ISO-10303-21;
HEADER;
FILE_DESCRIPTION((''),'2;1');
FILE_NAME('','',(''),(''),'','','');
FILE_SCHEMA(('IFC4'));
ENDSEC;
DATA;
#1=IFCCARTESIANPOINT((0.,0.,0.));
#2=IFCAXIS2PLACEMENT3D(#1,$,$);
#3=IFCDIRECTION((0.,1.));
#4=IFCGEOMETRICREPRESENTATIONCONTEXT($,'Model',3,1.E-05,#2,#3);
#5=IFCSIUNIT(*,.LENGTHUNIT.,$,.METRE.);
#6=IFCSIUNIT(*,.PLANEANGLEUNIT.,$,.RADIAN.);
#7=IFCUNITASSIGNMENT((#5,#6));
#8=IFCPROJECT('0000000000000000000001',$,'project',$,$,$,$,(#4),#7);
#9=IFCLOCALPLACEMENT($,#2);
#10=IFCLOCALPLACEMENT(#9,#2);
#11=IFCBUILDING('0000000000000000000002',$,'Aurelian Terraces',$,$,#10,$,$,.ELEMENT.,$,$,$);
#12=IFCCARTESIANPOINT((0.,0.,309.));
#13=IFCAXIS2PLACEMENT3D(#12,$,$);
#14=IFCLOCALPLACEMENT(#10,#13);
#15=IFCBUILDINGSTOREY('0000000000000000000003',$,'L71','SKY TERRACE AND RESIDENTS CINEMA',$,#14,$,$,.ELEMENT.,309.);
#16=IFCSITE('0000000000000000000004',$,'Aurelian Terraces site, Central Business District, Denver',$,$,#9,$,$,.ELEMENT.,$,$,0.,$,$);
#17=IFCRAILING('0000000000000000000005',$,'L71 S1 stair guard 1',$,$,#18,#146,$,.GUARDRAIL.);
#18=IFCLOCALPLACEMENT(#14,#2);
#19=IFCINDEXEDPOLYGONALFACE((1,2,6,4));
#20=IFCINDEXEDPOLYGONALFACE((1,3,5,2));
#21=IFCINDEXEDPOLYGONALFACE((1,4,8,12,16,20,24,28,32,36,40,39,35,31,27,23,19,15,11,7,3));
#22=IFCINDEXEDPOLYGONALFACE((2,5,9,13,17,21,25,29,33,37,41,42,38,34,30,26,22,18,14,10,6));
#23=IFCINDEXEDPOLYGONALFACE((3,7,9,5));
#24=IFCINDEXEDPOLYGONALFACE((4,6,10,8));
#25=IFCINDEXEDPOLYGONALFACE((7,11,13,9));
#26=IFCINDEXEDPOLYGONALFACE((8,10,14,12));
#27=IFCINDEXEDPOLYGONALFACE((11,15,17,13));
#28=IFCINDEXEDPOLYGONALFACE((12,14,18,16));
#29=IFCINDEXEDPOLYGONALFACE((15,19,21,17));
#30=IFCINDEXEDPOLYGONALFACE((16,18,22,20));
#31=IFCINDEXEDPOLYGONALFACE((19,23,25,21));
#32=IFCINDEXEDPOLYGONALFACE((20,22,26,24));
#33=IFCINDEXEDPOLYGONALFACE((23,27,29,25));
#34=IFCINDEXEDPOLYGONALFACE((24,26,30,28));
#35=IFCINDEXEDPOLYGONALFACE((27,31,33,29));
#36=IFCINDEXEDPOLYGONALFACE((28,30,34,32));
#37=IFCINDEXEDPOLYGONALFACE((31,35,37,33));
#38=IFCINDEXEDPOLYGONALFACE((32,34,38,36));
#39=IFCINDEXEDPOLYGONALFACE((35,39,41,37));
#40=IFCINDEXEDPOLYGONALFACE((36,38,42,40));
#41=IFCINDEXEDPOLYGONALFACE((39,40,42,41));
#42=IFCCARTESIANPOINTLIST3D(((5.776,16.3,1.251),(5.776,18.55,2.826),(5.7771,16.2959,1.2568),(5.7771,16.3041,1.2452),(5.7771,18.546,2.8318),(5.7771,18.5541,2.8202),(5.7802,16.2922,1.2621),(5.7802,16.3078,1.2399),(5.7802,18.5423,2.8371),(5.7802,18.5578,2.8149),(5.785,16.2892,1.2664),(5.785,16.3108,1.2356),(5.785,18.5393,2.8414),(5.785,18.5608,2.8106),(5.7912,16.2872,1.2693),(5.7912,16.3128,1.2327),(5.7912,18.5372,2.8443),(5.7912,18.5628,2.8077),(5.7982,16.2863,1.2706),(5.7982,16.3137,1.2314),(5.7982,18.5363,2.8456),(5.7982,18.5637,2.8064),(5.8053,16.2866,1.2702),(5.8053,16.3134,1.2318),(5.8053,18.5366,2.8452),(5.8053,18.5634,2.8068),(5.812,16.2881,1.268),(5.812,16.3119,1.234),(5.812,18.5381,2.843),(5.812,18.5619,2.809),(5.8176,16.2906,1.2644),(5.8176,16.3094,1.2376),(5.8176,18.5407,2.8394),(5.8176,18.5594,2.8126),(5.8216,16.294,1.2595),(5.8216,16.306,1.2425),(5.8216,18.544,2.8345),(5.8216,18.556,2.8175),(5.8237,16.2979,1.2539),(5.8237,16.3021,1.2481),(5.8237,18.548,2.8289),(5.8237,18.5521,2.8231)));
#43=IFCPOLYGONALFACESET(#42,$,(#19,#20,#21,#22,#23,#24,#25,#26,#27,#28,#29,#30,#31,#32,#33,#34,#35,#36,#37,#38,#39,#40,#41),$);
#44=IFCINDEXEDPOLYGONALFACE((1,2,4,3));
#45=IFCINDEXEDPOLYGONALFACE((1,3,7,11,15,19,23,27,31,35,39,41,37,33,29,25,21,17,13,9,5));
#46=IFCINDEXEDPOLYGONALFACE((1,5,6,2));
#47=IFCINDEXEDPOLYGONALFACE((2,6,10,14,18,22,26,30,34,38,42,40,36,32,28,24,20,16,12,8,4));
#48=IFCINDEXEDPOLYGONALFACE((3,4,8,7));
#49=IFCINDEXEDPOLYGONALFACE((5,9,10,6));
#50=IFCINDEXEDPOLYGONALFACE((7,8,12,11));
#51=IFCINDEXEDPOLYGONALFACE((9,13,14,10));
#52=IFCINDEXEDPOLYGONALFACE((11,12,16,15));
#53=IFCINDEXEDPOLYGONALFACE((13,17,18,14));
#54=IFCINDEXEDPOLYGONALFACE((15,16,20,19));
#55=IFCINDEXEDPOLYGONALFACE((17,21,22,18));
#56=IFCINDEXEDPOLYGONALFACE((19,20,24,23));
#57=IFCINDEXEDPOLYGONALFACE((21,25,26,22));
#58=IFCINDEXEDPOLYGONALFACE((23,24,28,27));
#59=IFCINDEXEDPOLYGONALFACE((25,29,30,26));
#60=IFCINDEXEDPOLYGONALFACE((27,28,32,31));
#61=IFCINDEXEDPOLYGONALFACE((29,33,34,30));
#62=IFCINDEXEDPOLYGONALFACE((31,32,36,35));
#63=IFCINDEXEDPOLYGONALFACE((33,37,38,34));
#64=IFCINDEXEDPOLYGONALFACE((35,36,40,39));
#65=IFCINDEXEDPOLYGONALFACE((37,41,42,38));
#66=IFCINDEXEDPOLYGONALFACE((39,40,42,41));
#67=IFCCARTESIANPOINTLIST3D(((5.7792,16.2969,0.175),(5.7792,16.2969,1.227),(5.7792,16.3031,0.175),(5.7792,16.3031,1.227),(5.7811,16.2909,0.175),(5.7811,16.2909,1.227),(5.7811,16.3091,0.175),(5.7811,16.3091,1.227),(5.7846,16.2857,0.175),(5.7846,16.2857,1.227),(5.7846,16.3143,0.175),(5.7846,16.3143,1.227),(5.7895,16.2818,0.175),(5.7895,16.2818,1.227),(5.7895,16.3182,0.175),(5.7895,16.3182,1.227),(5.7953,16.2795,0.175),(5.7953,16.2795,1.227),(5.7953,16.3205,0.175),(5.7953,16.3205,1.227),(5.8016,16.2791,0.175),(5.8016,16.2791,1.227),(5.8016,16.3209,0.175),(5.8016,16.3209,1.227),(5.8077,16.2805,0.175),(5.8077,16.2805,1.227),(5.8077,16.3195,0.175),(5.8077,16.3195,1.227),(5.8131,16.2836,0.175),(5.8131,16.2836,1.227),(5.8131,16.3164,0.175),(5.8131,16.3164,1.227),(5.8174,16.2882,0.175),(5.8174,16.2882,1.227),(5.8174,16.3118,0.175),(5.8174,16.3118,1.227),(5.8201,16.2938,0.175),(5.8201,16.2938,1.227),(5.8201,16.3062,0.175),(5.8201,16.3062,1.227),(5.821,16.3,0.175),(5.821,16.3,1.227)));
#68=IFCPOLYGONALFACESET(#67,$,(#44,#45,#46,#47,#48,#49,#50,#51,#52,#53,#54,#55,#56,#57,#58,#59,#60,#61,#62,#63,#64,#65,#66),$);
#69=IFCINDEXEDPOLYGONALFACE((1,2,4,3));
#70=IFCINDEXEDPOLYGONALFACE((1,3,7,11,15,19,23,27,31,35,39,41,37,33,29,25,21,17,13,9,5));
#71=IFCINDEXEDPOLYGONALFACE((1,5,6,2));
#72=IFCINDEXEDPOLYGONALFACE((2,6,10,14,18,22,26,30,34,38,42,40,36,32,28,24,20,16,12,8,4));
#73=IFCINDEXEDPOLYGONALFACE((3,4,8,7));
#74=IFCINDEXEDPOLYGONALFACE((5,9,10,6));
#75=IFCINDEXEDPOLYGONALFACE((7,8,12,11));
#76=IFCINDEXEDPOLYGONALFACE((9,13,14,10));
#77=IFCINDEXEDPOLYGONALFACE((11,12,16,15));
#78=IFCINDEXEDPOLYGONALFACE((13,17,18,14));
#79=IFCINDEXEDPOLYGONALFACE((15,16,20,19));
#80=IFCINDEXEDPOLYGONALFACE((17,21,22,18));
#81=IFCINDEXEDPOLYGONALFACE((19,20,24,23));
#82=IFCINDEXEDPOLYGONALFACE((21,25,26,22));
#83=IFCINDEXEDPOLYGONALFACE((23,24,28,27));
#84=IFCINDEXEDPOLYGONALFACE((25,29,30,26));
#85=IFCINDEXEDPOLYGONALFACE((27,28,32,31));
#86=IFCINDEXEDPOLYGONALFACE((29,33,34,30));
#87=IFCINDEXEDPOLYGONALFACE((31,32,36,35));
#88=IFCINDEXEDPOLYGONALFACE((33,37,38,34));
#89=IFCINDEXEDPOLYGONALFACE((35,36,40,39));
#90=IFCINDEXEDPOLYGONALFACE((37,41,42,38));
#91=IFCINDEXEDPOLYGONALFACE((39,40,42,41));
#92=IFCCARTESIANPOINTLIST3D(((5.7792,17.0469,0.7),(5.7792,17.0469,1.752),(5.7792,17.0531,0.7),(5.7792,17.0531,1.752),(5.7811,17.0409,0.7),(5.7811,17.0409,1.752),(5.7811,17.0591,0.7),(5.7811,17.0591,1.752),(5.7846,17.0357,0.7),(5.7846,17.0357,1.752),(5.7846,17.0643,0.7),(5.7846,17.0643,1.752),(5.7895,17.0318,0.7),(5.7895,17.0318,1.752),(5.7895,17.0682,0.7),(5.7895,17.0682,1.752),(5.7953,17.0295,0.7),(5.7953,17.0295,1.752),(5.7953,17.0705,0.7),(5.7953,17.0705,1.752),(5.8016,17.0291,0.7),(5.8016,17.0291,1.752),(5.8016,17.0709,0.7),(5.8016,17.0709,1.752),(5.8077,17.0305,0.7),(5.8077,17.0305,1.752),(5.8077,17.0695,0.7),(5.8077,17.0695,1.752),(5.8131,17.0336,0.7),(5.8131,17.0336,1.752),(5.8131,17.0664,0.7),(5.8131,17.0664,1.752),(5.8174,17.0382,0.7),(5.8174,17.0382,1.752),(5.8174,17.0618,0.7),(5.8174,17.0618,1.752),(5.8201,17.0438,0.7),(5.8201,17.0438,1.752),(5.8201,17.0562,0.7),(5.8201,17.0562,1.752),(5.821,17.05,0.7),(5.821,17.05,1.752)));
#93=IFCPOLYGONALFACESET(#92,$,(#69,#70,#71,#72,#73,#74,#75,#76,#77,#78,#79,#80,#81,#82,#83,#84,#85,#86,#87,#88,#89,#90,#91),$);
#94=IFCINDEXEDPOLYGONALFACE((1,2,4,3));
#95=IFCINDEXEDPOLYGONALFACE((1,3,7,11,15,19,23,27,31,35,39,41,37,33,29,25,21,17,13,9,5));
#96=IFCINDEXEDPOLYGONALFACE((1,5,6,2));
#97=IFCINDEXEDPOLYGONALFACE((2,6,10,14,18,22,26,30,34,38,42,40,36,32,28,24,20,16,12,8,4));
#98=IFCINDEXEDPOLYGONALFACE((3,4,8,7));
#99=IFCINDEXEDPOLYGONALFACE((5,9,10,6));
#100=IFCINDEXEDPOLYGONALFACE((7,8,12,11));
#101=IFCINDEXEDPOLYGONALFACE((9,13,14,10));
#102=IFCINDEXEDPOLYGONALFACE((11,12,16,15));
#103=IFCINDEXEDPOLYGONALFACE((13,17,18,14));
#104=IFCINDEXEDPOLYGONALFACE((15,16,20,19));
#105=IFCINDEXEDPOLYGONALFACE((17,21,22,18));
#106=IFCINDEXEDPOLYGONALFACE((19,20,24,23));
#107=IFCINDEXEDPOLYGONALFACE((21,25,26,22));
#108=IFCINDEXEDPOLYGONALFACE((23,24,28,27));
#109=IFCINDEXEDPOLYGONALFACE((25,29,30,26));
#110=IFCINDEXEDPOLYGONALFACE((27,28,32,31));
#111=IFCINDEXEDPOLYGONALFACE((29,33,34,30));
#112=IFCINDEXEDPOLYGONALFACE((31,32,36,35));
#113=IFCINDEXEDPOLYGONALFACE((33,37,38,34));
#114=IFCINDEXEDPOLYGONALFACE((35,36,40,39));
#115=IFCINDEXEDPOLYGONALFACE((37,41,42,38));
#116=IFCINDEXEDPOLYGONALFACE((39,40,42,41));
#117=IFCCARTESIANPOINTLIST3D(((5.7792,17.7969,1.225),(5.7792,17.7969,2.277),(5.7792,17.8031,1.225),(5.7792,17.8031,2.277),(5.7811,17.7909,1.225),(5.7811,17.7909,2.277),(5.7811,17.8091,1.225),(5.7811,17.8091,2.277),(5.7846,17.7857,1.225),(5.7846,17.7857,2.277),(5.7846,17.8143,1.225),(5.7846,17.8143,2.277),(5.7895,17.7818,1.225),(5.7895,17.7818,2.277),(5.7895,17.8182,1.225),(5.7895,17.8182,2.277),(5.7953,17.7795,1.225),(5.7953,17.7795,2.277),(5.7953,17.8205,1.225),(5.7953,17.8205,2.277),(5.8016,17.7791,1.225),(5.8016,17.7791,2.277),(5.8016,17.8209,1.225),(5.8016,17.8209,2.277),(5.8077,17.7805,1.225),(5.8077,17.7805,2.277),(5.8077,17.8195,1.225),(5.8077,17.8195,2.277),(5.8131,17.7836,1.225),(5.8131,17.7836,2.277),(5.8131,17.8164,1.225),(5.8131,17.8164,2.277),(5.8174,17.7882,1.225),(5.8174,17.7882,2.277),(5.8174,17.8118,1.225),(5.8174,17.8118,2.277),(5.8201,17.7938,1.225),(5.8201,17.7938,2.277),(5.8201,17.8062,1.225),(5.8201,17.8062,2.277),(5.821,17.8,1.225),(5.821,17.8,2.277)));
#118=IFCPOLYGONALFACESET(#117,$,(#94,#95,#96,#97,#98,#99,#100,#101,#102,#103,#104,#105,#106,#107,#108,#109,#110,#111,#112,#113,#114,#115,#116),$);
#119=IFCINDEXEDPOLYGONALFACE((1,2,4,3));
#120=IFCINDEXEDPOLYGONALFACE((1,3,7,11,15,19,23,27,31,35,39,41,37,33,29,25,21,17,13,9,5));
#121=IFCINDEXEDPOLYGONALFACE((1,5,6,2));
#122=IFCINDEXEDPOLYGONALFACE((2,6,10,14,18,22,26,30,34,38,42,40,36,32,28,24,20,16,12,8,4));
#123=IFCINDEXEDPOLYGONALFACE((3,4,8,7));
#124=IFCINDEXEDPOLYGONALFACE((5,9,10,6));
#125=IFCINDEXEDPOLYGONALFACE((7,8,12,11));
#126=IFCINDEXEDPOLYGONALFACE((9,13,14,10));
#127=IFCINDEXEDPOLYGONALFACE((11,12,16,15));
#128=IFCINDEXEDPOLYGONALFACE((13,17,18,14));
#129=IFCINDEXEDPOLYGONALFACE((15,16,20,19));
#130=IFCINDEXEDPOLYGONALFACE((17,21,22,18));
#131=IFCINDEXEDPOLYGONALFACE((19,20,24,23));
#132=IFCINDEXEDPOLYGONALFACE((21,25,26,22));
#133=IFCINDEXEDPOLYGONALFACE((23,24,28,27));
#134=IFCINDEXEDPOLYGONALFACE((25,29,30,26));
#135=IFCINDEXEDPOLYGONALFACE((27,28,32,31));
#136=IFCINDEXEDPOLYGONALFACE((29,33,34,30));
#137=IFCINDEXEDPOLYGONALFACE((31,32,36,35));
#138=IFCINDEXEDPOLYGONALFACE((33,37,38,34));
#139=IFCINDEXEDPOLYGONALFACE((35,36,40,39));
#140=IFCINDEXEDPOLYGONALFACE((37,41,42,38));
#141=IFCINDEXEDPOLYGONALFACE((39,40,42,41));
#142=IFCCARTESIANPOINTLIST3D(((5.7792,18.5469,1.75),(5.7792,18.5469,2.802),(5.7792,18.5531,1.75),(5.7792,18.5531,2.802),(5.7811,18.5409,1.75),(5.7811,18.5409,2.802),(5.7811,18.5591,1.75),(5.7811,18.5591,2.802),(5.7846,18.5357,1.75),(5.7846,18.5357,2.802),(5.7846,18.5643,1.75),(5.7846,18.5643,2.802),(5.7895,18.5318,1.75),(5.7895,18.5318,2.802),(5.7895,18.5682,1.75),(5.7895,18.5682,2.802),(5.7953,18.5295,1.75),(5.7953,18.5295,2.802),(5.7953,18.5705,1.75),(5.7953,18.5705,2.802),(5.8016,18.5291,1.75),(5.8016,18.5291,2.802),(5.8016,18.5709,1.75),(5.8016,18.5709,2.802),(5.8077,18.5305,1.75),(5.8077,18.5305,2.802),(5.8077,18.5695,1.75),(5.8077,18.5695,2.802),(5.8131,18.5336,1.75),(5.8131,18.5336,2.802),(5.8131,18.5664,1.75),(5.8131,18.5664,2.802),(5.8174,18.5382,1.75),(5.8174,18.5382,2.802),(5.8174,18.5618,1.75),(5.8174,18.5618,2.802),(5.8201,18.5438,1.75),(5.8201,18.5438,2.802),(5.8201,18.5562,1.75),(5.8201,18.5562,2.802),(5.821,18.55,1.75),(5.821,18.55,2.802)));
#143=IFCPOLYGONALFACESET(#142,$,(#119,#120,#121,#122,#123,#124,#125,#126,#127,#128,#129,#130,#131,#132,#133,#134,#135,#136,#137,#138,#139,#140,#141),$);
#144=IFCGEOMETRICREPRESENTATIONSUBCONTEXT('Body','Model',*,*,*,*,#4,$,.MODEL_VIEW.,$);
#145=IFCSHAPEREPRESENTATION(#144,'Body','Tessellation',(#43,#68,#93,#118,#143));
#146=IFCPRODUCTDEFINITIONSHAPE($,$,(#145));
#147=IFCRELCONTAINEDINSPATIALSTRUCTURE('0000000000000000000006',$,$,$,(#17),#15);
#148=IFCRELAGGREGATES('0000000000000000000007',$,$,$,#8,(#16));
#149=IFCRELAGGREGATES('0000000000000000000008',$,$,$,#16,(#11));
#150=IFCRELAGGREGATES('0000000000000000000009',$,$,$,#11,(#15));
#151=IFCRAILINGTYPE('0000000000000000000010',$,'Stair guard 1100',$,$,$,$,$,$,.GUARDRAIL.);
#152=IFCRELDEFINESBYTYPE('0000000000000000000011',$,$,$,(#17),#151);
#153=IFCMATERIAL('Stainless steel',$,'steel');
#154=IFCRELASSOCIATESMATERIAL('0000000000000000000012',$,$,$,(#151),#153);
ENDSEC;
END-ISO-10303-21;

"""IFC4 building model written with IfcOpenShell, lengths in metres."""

from ifc_helpers import new_model, si_unit, direction, frame, origin, origin_2d, place, context, subcontext, project, spatial, circle, extrude, source, transform, mapped, material, type_object, element, save


model = new_model("IFC4")

# Units and contexts
model_context = context("Model", 3, precision=1e-05, world=origin(), true_north=direction((0.0, 1.0)))
body_context = subcontext(model_context, "Body", "Model", "MODEL_VIEW")
ifc_project = project(units=[si_unit("LENGTHUNIT", "METRE"), si_unit("PLANEANGLEUNIT", "RADIAN")], contexts=[model_context])

# Site, building, storey
site_placement = place(None, origin())
site = spatial("IfcSite", under=ifc_project, at=site_placement, Name="Aurelian Terraces site, Central Business District, Denver", CompositionType="ELEMENT", RefElevation=0.0)
building_placement = place(site_placement, origin())
building = spatial("IfcBuilding", under=site, at=building_placement, Name="Aurelian Terraces", CompositionType="ELEMENT")
storey_placement = place(building_placement, frame((0.0, 0.0, 309.0)))
storey = spatial("IfcBuildingStorey", under=building, at=storey_placement, Name="L71", Description="SKY TERRACE AND RESIDENTS CINEMA", CompositionType="ELEMENT", Elevation=309.0)

# Shared definitions
ifc_material_1 = material(Name="Stainless steel", Category="steel")

# Railing
railing_type_1 = type_object("IfcRailingType", Name="Stair guard 1100", PredefinedType="GUARDRAIL", material=ifc_material_1)
shared_shape_1 = source(origin(), body_context, "Body", "SweptSolid", [
    extrude(circle(Radius=0.024, at=origin_2d()), frame((0.0, 0.0, 1.076), z_axis=(0.0, 0.819232, 0.573462), x_axis=(-1.0, 0.0, 0.0)), (0.0, 0.0, 1.0), 2.7465),
    extrude(circle(Radius=0.021, at=origin_2d()), origin(), (0.0, 0.0, 1.0), 1.052),
    extrude(circle(Radius=0.021, at=origin_2d()), frame((0.0, 0.75, 0.525)), (0.0, 0.0, 1.0), 1.052),
    extrude(circle(Radius=0.021, at=origin_2d()), frame((0.0, 1.5, 1.05)), (0.0, 0.0, 1.0), 1.052),
    extrude(circle(Radius=0.021, at=origin_2d()), frame((0.0, 2.25, 1.575)), (0.0, 0.0, 1.0), 1.052),
])
railing_1_placement = place(storey_placement, frame((5.8, 16.3, 0.175)))
element("IfcRailing", 1, at=railing_1_placement, inside=storey, type_object=railing_type_1, Name="L71 S1 stair guard 1", PredefinedType="GUARDRAIL", context=body_context, shape_type="MappedRepresentation", body=[
    mapped(shared_shape_1, transform((0.0, 0.0, 0.0), scale=1.0)),
])

save(model, "model.ifc")
